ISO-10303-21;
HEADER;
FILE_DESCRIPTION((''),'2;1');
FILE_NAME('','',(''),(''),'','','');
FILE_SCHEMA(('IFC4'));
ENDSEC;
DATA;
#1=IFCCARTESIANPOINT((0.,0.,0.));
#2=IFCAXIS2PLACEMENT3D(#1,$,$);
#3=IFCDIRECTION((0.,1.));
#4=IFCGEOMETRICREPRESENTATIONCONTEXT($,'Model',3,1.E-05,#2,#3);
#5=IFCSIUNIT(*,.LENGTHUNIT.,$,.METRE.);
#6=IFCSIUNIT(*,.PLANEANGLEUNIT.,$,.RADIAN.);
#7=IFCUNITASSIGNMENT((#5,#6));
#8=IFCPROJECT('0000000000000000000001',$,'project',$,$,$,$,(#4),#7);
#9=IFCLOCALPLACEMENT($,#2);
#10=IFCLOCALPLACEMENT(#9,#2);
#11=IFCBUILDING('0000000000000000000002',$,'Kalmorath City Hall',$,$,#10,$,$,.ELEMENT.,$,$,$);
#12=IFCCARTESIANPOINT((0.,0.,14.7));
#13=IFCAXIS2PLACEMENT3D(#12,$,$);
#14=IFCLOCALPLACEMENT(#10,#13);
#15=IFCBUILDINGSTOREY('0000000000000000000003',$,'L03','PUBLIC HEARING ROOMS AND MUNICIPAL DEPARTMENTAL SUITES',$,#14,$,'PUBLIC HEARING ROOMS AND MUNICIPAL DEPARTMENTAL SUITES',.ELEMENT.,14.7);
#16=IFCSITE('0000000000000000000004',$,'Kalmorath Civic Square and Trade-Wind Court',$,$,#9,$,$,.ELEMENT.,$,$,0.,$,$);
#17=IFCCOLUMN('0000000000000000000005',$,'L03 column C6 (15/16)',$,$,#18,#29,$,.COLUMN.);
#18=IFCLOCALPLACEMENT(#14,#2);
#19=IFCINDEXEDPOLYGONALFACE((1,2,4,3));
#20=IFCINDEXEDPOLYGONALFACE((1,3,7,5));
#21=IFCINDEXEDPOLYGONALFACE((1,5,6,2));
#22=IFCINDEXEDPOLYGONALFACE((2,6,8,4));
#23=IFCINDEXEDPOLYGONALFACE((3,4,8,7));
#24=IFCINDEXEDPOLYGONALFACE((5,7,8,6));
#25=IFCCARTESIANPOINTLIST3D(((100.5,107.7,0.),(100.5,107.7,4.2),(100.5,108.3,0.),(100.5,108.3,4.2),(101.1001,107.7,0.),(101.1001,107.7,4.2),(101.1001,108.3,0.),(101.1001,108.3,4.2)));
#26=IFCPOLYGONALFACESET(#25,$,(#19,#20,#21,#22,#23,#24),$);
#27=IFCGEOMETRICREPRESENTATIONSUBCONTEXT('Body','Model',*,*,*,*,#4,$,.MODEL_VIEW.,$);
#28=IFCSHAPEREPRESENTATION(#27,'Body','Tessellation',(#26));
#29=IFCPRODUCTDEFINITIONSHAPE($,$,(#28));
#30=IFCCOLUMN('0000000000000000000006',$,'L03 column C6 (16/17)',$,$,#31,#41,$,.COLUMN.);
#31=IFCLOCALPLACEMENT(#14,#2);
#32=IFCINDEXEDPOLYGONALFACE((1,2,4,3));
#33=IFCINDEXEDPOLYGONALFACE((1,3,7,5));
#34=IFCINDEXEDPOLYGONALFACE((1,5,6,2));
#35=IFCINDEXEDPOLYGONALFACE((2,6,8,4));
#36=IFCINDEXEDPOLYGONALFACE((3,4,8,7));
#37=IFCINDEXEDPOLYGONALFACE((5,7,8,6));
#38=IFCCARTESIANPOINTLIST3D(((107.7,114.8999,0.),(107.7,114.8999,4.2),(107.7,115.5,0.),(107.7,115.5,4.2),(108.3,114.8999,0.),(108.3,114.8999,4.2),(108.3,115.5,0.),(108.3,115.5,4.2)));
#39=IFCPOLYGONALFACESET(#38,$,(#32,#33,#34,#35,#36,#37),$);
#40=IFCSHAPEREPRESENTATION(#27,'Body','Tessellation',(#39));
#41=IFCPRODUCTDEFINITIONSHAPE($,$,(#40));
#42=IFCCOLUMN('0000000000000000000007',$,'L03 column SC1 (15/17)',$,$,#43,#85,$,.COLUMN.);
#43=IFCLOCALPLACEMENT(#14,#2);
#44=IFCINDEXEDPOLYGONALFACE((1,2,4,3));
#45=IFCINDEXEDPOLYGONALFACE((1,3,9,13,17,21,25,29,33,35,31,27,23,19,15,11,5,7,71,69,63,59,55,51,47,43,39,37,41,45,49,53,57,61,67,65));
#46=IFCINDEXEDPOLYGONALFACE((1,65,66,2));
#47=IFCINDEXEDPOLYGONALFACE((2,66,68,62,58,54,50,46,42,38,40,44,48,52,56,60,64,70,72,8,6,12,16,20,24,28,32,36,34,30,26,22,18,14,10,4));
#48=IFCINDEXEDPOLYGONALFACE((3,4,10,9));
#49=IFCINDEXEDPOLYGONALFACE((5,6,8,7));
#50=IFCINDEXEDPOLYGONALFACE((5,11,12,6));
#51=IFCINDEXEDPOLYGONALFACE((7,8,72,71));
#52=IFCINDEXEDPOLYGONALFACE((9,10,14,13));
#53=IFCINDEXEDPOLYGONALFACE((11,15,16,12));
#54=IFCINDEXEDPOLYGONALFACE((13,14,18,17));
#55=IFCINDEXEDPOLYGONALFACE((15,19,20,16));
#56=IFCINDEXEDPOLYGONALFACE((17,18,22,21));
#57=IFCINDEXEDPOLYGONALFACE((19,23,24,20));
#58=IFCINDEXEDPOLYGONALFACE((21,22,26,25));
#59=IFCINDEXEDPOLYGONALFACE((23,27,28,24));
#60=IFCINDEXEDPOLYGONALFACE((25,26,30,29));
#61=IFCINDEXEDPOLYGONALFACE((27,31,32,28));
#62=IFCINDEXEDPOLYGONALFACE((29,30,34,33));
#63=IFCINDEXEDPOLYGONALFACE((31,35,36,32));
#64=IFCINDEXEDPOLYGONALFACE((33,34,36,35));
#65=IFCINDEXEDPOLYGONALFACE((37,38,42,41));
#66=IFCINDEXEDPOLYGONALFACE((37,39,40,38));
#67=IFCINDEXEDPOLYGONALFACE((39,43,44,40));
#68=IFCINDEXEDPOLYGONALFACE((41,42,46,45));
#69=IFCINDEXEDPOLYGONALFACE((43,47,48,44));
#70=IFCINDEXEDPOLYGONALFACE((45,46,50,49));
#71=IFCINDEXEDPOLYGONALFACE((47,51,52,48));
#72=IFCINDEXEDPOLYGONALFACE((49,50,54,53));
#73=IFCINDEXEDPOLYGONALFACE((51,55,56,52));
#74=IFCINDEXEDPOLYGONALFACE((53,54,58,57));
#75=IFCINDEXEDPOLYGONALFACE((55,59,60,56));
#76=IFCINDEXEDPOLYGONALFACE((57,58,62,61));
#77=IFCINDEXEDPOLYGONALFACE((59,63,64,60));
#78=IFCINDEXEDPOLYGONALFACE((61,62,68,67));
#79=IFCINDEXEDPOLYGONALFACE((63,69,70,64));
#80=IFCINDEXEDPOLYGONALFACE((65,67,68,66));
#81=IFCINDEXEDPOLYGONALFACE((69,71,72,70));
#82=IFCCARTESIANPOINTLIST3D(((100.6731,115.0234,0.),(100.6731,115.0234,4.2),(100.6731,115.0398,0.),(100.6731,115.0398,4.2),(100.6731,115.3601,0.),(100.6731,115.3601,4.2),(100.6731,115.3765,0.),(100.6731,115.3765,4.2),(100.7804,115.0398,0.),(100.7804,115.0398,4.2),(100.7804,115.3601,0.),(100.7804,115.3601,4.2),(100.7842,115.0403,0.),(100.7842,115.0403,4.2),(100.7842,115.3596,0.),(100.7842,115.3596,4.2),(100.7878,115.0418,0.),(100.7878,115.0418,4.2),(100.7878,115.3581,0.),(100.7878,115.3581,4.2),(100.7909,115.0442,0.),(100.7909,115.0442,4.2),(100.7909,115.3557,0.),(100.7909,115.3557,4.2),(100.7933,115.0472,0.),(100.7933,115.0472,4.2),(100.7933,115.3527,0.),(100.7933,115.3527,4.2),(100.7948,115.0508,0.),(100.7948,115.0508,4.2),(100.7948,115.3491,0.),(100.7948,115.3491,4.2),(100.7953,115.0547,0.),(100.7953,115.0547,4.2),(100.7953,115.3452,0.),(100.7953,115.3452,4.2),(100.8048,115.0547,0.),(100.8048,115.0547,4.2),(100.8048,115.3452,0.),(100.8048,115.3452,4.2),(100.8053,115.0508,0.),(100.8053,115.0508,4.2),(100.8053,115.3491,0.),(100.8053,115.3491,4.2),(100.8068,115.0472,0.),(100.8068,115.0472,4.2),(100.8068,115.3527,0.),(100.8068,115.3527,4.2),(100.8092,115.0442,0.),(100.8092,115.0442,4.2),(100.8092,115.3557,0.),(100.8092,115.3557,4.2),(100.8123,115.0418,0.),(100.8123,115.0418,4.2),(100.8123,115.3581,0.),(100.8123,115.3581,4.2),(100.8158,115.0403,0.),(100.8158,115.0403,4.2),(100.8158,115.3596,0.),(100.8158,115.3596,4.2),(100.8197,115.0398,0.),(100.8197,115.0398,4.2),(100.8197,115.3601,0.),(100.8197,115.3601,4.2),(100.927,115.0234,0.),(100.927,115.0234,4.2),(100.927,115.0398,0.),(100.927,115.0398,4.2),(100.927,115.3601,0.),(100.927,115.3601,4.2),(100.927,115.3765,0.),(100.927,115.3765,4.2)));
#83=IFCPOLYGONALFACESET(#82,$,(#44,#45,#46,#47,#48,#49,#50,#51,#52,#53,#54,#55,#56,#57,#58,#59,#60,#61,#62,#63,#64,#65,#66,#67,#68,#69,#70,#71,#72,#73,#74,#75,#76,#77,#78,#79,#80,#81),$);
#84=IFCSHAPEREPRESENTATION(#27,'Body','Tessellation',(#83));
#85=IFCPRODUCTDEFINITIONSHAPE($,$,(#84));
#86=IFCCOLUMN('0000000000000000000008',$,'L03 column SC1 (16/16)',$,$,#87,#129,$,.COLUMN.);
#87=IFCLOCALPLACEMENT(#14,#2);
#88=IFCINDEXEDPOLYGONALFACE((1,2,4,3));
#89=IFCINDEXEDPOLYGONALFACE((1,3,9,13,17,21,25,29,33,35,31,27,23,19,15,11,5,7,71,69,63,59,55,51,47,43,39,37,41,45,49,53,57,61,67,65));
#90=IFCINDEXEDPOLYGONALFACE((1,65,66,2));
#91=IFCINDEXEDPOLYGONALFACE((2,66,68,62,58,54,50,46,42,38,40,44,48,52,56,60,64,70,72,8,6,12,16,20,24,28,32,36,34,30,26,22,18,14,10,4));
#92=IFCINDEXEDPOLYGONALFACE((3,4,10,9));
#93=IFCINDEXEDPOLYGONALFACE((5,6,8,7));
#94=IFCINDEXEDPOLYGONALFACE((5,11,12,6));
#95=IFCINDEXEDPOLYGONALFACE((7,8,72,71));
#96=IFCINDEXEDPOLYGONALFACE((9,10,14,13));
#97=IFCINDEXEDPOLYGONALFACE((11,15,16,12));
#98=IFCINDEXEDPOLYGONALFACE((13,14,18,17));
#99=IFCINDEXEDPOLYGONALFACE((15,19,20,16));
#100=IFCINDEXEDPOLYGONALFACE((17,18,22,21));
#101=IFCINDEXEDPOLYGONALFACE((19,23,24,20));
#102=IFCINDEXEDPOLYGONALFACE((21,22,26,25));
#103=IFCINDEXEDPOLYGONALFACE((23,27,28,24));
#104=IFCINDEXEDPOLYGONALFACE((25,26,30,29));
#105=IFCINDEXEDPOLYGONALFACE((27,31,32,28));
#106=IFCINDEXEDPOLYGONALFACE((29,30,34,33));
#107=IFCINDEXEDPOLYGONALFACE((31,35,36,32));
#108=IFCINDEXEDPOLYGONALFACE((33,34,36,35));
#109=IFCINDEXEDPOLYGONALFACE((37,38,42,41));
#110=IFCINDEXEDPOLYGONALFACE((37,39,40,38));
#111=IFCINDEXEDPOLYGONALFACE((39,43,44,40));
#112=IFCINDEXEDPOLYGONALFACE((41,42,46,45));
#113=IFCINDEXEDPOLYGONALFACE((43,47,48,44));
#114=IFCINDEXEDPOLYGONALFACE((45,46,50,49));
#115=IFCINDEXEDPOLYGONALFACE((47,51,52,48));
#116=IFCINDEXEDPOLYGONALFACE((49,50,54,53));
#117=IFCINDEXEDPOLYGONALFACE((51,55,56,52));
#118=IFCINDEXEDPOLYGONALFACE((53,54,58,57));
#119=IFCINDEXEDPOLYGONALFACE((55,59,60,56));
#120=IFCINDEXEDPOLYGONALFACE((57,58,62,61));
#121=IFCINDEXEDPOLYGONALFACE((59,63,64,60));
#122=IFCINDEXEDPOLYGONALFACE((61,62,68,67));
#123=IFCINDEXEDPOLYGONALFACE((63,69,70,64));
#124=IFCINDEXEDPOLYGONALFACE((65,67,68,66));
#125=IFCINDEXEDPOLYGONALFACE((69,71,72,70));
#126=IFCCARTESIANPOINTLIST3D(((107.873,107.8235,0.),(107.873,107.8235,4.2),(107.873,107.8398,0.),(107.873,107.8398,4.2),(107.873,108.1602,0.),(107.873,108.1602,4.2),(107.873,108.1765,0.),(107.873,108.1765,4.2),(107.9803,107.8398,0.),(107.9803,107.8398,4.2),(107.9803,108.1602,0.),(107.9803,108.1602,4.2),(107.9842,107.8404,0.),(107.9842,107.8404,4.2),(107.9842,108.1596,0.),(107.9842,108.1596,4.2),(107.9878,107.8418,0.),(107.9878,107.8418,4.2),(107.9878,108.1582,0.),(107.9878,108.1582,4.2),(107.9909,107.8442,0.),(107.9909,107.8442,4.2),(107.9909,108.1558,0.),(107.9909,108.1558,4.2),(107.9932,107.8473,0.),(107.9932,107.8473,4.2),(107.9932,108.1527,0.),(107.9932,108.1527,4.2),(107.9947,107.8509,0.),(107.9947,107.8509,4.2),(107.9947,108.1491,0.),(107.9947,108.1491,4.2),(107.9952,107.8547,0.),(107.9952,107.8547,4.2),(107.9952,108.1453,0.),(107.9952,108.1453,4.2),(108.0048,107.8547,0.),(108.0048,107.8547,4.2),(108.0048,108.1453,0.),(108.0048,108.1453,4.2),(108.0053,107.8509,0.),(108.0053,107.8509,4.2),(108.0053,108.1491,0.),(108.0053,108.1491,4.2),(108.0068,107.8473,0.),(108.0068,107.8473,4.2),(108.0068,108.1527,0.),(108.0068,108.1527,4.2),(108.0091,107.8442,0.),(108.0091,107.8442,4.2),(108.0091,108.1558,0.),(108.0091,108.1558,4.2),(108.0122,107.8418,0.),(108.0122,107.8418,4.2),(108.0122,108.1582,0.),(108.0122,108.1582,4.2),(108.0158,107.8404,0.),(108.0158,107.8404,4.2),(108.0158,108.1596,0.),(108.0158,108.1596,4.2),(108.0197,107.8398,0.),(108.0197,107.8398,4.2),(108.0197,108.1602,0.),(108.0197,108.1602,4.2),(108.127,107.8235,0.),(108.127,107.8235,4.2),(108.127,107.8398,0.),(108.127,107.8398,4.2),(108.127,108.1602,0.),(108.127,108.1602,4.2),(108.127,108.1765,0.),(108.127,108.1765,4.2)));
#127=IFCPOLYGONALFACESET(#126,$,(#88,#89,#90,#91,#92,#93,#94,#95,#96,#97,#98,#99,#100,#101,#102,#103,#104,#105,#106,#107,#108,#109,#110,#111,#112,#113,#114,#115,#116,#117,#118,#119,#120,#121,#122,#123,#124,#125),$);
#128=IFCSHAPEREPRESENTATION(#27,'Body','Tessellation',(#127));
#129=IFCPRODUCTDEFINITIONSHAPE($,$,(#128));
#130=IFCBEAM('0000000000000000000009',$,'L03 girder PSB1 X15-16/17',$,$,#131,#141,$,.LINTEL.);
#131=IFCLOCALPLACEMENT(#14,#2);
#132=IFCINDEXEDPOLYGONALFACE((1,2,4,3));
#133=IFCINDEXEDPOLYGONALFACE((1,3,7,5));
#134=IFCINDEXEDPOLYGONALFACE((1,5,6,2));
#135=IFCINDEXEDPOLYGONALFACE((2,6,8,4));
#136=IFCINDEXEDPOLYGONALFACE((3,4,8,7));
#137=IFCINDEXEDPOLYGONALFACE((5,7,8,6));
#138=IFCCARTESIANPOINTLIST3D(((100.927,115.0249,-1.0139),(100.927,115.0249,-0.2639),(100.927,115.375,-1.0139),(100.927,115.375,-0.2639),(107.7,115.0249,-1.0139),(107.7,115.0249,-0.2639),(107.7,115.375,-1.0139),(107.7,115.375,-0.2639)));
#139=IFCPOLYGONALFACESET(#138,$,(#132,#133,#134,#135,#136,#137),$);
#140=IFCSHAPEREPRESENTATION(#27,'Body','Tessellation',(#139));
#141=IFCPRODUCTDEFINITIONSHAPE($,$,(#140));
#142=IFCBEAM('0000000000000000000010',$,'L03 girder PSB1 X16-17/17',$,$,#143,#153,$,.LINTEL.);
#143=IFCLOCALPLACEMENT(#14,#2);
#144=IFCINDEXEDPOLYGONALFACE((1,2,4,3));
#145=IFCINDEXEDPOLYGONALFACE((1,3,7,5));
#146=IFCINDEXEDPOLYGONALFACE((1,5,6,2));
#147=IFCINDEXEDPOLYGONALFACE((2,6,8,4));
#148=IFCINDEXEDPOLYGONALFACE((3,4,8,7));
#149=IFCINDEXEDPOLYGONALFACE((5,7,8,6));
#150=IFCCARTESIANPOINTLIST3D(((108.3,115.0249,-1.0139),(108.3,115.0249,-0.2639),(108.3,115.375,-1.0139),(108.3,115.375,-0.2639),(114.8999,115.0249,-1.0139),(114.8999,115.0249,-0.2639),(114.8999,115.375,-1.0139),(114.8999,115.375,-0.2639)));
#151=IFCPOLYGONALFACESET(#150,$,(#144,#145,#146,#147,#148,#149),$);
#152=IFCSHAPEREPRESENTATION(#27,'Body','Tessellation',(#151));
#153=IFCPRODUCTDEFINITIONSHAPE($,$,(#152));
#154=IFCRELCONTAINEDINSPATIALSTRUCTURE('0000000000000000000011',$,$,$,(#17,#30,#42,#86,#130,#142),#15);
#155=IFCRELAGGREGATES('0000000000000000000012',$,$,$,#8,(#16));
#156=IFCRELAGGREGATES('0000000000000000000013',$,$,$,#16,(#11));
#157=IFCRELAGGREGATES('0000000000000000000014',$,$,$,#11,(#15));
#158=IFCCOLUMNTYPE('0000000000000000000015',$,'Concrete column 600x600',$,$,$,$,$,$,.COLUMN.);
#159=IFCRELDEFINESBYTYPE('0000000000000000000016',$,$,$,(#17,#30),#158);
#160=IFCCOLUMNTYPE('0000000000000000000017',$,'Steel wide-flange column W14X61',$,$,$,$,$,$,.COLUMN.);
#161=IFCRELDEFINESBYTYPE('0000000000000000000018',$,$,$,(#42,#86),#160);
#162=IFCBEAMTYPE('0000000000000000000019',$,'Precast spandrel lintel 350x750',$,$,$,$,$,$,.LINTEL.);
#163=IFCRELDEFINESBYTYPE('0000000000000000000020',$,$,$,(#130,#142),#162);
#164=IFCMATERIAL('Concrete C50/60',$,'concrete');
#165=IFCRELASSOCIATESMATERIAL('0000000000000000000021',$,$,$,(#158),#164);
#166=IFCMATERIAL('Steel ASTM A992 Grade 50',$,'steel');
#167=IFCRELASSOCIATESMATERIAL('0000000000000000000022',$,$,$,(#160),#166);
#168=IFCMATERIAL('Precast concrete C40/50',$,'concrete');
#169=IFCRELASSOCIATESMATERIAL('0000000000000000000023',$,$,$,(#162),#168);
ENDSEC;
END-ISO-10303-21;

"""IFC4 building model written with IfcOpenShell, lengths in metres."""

from ifc_helpers import new_model, si_unit, direction, frame, origin, origin_2d, place, context, subcontext, project, spatial, rectangle, i_section, extrude, material, material_profile, profile_set, type_object, element, save


model = new_model("IFC4")

# Units and contexts
model_context = context("Model", 3, precision=1e-05, world=origin(), true_north=direction((0.0, 1.0)))
body_context = subcontext(model_context, "Body", "Model", "MODEL_VIEW")
ifc_project = project(units=[si_unit("LENGTHUNIT", "METRE"), si_unit("PLANEANGLEUNIT", "RADIAN")], contexts=[model_context])

# Site, building, storey
site_placement = place(None, origin())
site = spatial("IfcSite", under=ifc_project, at=site_placement, Name="Kalmorath Civic Square and Trade-Wind Court", CompositionType="ELEMENT", RefElevation=0.0)
building_placement = place(site_placement, origin())
building = spatial("IfcBuilding", under=site, at=building_placement, Name="Kalmorath City Hall", CompositionType="ELEMENT")
storey_placement = place(building_placement, frame((0.0, 0.0, 14.7)))
storey = spatial("IfcBuildingStorey", under=building, at=storey_placement, Name="L03", Description="PUBLIC HEARING ROOMS AND MUNICIPAL DEPARTMENTAL SUITES", LongName="PUBLIC HEARING ROOMS AND MUNICIPAL DEPARTMENTAL SUITES", CompositionType="ELEMENT", Elevation=14.7)

# Columns
ifc_material_1 = material(Name="Concrete C50/60", Category="concrete")
ifc_material_profile_1 = material_profile(ifc_material_1, rectangle(XDim=0.6001, YDim=0.6001, at=origin_2d()), Name="RC-COL-600X600")
ifc_profile_set_1 = profile_set([ifc_material_profile_1], Name="Concrete C50/60")
column_type_1 = type_object("IfcColumnType", Name="Concrete column 600x600", PredefinedType="COLUMN", material=ifc_profile_set_1)
for number, where, z_axis, x_axis, name in (
    (1, (100.8, 108.0, 0.0), (0.0, 0.0, 1.0), (1.0, 0.0, 0.0), "L03 column C6 (15/16)"),
    (2, (108.0, 115.2, 0.0), (0.0, 0.0, 1.0), (1.0, 0.0, 0.0), "L03 column C6 (16/17)"),
):
    element("IfcColumn", number, at=place(storey_placement, frame(where, z_axis=z_axis, x_axis=x_axis)), inside=storey, type_object=column_type_1, Name=name, PredefinedType="COLUMN", context=body_context, shape_type="SweptSolid", body=[
        extrude(rectangle(XDim=0.6001, YDim=0.6001, at=origin_2d()), origin(), (0.0, 0.0, 1.0), 4.2),
    ])
ifc_material_2 = material(Name="Steel ASTM A992 Grade 50", Category="steel")
ifc_material_profile_2 = material_profile(ifc_material_2, i_section(OverallWidth=0.2539, OverallDepth=0.353, WebThickness=0.0095, FlangeThickness=0.0164, FilletRadius=0.0149, at=origin_2d()), Name="W14X61")
ifc_profile_set_2 = profile_set([ifc_material_profile_2], Name="Steel ASTM A992 Grade 50")
column_type_2 = type_object("IfcColumnType", Name="Steel wide-flange column W14X61", PredefinedType="COLUMN", material=ifc_profile_set_2)
for number, where, z_axis, x_axis, name in (
    (3, (100.8, 115.2, 0.0), (0.0, 0.0, 1.0), (1.0, 0.0, 0.0), "L03 column SC1 (15/17)"),
    (4, (108.0, 108.0, 0.0), (0.0, 0.0, 1.0), (1.0, 0.0, 0.0), "L03 column SC1 (16/16)"),
):
    element("IfcColumn", number, at=place(storey_placement, frame(where, z_axis=z_axis, x_axis=x_axis)), inside=storey, type_object=column_type_2, Name=name, PredefinedType="COLUMN", context=body_context, shape_type="SweptSolid", body=[
        extrude(i_section(OverallWidth=0.2539, OverallDepth=0.353, WebThickness=0.0095, FlangeThickness=0.0164, FilletRadius=0.0149, at=origin_2d()), origin(), (0.0, 0.0, 1.0), 4.2),
    ])

# Beams
ifc_material_3 = material(Name="Precast concrete C40/50", Category="concrete")
ifc_material_profile_3 = material_profile(ifc_material_3, rectangle(XDim=0.3501, YDim=0.75, at=origin_2d()), Name="PC-SP-350X750")
ifc_profile_set_3 = profile_set([ifc_material_profile_3], Name="Precast concrete C40/50")
beam_type_1 = type_object("IfcBeamType", Name="Precast spandrel lintel 350x750", PredefinedType="LINTEL", material=ifc_profile_set_3)
beam_1_placement = place(storey_placement, frame((100.927, 115.2, -0.6389), z_axis=(1.0, 0.0, 0.0), x_axis=(0.0, 1.0, 0.0)))
element("IfcBeam", 5, at=beam_1_placement, inside=storey, type_object=beam_type_1, Name="L03 girder PSB1 X15-16/17", PredefinedType="LINTEL", context=body_context, shape_type="SweptSolid", body=[
    extrude(rectangle(XDim=0.3501, YDim=0.75, at=origin_2d()), origin(), (0.0, 0.0, 1.0), 6.7729),
])
beam_2_placement = place(storey_placement, frame((108.3, 115.2, -0.6389), z_axis=(1.0, 0.0, 0.0), x_axis=(0.0, 1.0, 0.0)))
element("IfcBeam", 6, at=beam_2_placement, inside=storey, type_object=beam_type_1, Name="L03 girder PSB1 X16-17/17", PredefinedType="LINTEL", context=body_context, shape_type="SweptSolid", body=[
    extrude(rectangle(XDim=0.3501, YDim=0.75, at=origin_2d()), origin(), (0.0, 0.0, 1.0), 6.5999),
])

save(model, "model.ifc")
